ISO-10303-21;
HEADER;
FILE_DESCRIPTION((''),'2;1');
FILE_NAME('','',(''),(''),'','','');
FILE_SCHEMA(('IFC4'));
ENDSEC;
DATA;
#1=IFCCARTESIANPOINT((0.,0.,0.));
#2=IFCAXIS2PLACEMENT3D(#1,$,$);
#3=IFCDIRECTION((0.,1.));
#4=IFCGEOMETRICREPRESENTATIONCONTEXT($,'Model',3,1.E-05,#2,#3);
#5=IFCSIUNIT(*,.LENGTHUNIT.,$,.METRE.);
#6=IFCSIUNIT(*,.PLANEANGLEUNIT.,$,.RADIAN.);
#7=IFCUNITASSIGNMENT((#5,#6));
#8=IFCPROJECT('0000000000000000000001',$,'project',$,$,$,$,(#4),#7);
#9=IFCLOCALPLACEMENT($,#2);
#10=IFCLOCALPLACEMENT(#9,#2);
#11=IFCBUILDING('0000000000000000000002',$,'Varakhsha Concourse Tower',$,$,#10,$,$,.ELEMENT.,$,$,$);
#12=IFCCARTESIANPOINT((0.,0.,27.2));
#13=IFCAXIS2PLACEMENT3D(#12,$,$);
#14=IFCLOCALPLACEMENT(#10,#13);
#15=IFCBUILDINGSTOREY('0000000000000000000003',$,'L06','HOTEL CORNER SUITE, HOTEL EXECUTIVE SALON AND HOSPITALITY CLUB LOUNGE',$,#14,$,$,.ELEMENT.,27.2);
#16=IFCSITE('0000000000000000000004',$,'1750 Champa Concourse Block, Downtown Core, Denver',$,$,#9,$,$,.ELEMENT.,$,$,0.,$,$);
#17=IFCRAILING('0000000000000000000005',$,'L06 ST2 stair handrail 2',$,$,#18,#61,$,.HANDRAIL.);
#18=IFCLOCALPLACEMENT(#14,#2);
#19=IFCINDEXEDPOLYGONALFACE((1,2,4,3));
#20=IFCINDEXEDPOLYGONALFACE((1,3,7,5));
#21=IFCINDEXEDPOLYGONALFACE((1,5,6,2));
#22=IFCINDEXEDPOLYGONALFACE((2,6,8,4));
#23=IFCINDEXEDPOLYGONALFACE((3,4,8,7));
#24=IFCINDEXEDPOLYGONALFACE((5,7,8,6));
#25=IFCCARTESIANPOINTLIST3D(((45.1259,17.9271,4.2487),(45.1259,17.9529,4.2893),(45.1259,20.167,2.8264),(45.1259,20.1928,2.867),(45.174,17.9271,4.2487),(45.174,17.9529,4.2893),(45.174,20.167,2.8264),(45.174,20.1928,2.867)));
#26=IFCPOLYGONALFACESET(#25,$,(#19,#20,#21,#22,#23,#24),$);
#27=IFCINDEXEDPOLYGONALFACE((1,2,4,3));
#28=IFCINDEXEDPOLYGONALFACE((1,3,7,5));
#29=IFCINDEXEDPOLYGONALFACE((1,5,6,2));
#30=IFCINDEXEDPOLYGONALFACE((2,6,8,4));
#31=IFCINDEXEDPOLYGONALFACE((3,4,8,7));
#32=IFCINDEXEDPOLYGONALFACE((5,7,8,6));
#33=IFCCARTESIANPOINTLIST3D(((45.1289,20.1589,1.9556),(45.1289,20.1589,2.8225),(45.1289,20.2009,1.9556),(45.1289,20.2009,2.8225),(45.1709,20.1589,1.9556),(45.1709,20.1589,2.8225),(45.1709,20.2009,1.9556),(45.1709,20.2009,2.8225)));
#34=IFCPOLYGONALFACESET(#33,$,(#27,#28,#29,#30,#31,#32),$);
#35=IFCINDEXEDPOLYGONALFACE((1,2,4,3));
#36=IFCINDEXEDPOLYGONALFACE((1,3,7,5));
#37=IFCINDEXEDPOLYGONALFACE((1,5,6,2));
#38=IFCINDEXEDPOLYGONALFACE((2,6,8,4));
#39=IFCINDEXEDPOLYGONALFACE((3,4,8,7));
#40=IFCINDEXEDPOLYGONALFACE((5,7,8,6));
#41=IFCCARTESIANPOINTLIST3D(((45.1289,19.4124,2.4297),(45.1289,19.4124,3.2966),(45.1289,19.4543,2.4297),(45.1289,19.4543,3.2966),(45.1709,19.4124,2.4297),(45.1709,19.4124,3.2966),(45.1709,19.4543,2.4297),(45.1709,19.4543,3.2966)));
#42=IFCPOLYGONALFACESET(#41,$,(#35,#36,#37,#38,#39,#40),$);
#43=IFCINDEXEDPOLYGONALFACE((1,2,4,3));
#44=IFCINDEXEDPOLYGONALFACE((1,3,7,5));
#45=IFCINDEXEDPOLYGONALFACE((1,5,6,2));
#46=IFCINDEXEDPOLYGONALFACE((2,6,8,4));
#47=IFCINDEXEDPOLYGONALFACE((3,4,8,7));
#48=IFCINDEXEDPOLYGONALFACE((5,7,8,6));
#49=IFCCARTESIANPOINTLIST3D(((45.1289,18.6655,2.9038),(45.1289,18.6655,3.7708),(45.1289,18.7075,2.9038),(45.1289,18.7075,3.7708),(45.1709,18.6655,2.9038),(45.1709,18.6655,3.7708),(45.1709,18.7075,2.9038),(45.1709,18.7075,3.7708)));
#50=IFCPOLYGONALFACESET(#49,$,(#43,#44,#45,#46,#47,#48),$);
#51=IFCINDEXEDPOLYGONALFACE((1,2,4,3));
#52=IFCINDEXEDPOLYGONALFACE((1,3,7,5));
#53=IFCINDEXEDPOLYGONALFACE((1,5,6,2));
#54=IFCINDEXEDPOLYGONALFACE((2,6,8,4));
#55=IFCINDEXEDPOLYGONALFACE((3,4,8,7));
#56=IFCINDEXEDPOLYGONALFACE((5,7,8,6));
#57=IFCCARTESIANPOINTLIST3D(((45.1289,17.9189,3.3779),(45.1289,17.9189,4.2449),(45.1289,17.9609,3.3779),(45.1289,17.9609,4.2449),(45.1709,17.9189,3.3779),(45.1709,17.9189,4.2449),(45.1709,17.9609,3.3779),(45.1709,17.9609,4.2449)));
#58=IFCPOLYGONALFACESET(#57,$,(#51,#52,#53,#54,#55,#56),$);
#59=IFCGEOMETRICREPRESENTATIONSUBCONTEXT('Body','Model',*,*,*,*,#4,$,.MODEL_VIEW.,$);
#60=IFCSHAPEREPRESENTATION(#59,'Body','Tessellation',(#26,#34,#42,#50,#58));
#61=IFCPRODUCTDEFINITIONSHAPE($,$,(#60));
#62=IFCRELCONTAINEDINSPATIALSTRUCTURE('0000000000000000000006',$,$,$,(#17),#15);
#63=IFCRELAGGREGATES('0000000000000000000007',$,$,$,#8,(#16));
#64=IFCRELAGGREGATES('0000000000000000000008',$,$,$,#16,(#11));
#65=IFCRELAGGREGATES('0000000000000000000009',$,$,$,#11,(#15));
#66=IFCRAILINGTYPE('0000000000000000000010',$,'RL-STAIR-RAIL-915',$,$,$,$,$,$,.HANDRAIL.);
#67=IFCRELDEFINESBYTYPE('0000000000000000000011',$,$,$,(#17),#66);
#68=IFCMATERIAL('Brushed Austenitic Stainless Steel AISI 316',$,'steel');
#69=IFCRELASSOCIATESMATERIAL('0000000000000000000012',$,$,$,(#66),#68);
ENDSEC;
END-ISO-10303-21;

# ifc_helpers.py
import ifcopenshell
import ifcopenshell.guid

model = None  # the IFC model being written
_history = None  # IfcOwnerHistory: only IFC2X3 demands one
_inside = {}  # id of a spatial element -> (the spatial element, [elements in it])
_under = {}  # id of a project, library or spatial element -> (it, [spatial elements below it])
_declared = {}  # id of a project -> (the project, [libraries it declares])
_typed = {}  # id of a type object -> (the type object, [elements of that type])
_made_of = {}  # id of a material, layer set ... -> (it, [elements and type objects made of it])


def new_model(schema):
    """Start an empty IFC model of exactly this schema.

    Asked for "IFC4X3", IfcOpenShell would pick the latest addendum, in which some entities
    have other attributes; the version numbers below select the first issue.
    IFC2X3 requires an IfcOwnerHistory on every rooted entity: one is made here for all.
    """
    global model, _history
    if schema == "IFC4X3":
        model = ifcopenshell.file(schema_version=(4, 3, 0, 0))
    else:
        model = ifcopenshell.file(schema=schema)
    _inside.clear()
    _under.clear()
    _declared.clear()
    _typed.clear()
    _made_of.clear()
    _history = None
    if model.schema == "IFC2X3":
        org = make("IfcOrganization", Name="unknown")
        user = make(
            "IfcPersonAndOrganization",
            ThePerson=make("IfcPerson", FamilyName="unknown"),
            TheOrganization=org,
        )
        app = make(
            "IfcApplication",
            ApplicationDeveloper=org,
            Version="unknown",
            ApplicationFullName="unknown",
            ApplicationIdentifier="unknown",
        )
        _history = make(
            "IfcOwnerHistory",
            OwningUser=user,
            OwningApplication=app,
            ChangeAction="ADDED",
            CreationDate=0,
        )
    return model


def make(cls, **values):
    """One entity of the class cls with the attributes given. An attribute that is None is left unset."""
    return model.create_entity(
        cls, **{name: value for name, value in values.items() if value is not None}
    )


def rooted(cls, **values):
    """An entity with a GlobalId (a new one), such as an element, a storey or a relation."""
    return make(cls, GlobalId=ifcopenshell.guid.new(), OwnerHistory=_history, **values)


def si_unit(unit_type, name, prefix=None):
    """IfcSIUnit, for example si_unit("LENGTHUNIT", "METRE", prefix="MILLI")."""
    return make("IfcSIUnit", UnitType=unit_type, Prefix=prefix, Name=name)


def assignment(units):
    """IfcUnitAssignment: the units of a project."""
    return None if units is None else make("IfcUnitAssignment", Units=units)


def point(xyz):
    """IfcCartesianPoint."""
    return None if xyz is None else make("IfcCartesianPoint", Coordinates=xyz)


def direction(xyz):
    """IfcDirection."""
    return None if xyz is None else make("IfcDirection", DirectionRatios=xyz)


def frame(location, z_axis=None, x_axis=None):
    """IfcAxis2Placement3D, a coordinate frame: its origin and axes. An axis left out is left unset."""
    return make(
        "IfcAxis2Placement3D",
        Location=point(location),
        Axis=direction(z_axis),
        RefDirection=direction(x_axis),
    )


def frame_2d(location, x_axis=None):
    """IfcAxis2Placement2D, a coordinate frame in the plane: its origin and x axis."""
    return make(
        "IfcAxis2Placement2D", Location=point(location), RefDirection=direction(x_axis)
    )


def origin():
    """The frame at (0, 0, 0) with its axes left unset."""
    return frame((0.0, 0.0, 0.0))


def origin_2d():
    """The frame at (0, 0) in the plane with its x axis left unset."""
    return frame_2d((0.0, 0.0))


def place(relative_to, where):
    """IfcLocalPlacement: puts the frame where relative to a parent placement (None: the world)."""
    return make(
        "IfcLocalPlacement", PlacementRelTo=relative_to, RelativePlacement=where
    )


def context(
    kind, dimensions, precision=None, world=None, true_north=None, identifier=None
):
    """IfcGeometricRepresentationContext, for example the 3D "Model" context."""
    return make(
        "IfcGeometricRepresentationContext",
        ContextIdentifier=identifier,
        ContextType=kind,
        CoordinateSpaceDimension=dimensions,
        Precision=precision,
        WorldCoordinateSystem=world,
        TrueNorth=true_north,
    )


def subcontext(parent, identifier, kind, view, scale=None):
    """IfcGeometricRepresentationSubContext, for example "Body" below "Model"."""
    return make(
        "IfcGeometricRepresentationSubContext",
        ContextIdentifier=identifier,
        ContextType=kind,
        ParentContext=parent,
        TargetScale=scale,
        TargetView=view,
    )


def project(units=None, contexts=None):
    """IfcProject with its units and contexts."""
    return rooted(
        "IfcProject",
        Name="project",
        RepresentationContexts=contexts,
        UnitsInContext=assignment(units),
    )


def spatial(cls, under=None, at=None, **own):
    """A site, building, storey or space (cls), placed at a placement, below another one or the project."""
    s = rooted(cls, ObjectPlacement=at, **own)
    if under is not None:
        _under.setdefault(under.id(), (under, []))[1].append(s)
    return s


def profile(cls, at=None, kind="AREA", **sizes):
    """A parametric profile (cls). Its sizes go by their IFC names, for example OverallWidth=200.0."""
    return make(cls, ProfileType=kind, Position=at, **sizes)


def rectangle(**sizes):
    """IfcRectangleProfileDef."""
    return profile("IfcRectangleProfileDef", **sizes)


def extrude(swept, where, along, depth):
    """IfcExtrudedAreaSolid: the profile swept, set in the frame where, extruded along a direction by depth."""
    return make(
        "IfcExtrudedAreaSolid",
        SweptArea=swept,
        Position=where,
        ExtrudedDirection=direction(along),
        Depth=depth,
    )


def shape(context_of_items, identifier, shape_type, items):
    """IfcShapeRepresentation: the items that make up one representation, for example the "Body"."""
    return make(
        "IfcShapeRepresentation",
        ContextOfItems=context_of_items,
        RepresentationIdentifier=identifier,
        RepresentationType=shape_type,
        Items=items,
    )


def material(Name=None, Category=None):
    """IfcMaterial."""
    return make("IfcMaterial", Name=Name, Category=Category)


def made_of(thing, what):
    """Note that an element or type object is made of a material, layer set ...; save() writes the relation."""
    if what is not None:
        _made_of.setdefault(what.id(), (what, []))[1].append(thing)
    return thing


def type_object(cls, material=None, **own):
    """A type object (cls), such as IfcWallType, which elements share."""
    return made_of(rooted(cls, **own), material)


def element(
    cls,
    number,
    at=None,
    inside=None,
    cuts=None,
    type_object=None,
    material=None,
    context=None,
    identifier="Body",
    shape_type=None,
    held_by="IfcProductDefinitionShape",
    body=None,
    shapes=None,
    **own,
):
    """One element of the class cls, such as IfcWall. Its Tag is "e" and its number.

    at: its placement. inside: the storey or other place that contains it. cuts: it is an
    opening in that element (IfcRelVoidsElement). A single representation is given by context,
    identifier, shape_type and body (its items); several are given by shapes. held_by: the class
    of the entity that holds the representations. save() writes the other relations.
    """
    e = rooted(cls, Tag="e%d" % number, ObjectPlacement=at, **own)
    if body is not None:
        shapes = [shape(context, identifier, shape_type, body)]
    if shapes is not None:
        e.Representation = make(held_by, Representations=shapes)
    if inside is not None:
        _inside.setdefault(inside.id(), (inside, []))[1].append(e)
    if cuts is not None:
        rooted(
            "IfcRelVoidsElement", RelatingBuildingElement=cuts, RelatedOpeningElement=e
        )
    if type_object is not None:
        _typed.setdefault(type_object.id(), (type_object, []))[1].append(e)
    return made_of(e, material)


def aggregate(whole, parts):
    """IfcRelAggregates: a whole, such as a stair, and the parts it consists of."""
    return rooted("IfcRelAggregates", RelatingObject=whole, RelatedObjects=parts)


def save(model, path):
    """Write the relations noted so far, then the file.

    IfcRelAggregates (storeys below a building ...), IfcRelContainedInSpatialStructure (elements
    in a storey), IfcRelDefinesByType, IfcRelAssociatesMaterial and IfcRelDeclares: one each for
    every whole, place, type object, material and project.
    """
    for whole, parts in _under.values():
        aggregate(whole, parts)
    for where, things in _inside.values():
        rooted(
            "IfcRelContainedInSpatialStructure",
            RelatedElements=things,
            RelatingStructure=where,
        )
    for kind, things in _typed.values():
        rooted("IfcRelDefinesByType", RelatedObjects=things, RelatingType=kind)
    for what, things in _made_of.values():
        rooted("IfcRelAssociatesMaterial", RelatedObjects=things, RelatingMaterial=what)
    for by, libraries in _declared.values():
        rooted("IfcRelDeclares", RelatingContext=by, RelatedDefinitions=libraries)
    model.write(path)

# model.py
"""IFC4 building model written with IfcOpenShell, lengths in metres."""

from ifc_helpers import new_model, si_unit, direction, frame, origin, origin_2d, place, context, subcontext, project, spatial, rectangle, extrude, material, type_object, element, save


model = new_model("IFC4")

# Units and contexts
model_context = context("Model", 3, precision=1e-05, world=origin(), true_north=direction((0.0, 1.0)))
body_context = subcontext(model_context, "Body", "Model", "MODEL_VIEW")
ifc_project = project(units=[si_unit("LENGTHUNIT", "METRE"), si_unit("PLANEANGLEUNIT", "RADIAN")], contexts=[model_context])

# Site, building, storey
site_placement = place(None, origin())
site = spatial("IfcSite", under=ifc_project, at=site_placement, Name="1750 Champa Concourse Block, Downtown Core, Denver", CompositionType="ELEMENT", RefElevation=0.0)
building_placement = place(site_placement, origin())
building = spatial("IfcBuilding", under=site, at=building_placement, Name="Varakhsha Concourse Tower", CompositionType="ELEMENT")
storey_placement = place(building_placement, frame((0.0, 0.0, 27.2)))
storey = spatial("IfcBuildingStorey", under=building, at=storey_placement, Name="L06", Description="HOTEL CORNER SUITE, HOTEL EXECUTIVE SALON AND HOSPITALITY CLUB LOUNGE", CompositionType="ELEMENT", Elevation=27.2)

# Railing
ifc_material_1 = material(Name="Brushed Austenitic Stainless Steel AISI 316", Category="steel")
railing_type_1 = type_object("IfcRailingType", Name="RL-STAIR-RAIL-915", PredefinedType="HANDRAIL", material=ifc_material_1)
railing_1_placement = place(storey_placement, frame((45.1499, 20.1799, 1.9556)))
element("IfcRailing", 1, at=railing_1_placement, inside=storey, type_object=railing_type_1, Name="L06 ST2 stair handrail 2", PredefinedType="HANDRAIL", context=body_context, shape_type="SweptSolid", body=[
    extrude(rectangle(XDim=0.0481, YDim=0.0481, at=origin_2d()), frame((0.0, 0.0, 0.8911), z_axis=(0.0, -0.844188, 0.536048), x_axis=(1.0, 0.0, 0.0)), (0.0, 0.0, 1.0), 2.6533),
    extrude(rectangle(XDim=0.042, YDim=0.042, at=origin_2d()), origin(), (0.0, 0.0, 1.0), 0.8669),
    extrude(rectangle(XDim=0.042, YDim=0.042, at=origin_2d()), frame((0.0, -0.7466, 0.4741)), (0.0, 0.0, 1.0), 0.8669),
    extrude(rectangle(XDim=0.042, YDim=0.042, at=origin_2d()), frame((0.0, -1.4934, 0.9482)), (0.0, 0.0, 1.0), 0.8669),
    extrude(rectangle(XDim=0.042, YDim=0.042, at=origin_2d()), frame((0.0, -2.24, 1.4224)), (0.0, 0.0, 1.0), 0.8669),
])

save(model, "model.ifc")
